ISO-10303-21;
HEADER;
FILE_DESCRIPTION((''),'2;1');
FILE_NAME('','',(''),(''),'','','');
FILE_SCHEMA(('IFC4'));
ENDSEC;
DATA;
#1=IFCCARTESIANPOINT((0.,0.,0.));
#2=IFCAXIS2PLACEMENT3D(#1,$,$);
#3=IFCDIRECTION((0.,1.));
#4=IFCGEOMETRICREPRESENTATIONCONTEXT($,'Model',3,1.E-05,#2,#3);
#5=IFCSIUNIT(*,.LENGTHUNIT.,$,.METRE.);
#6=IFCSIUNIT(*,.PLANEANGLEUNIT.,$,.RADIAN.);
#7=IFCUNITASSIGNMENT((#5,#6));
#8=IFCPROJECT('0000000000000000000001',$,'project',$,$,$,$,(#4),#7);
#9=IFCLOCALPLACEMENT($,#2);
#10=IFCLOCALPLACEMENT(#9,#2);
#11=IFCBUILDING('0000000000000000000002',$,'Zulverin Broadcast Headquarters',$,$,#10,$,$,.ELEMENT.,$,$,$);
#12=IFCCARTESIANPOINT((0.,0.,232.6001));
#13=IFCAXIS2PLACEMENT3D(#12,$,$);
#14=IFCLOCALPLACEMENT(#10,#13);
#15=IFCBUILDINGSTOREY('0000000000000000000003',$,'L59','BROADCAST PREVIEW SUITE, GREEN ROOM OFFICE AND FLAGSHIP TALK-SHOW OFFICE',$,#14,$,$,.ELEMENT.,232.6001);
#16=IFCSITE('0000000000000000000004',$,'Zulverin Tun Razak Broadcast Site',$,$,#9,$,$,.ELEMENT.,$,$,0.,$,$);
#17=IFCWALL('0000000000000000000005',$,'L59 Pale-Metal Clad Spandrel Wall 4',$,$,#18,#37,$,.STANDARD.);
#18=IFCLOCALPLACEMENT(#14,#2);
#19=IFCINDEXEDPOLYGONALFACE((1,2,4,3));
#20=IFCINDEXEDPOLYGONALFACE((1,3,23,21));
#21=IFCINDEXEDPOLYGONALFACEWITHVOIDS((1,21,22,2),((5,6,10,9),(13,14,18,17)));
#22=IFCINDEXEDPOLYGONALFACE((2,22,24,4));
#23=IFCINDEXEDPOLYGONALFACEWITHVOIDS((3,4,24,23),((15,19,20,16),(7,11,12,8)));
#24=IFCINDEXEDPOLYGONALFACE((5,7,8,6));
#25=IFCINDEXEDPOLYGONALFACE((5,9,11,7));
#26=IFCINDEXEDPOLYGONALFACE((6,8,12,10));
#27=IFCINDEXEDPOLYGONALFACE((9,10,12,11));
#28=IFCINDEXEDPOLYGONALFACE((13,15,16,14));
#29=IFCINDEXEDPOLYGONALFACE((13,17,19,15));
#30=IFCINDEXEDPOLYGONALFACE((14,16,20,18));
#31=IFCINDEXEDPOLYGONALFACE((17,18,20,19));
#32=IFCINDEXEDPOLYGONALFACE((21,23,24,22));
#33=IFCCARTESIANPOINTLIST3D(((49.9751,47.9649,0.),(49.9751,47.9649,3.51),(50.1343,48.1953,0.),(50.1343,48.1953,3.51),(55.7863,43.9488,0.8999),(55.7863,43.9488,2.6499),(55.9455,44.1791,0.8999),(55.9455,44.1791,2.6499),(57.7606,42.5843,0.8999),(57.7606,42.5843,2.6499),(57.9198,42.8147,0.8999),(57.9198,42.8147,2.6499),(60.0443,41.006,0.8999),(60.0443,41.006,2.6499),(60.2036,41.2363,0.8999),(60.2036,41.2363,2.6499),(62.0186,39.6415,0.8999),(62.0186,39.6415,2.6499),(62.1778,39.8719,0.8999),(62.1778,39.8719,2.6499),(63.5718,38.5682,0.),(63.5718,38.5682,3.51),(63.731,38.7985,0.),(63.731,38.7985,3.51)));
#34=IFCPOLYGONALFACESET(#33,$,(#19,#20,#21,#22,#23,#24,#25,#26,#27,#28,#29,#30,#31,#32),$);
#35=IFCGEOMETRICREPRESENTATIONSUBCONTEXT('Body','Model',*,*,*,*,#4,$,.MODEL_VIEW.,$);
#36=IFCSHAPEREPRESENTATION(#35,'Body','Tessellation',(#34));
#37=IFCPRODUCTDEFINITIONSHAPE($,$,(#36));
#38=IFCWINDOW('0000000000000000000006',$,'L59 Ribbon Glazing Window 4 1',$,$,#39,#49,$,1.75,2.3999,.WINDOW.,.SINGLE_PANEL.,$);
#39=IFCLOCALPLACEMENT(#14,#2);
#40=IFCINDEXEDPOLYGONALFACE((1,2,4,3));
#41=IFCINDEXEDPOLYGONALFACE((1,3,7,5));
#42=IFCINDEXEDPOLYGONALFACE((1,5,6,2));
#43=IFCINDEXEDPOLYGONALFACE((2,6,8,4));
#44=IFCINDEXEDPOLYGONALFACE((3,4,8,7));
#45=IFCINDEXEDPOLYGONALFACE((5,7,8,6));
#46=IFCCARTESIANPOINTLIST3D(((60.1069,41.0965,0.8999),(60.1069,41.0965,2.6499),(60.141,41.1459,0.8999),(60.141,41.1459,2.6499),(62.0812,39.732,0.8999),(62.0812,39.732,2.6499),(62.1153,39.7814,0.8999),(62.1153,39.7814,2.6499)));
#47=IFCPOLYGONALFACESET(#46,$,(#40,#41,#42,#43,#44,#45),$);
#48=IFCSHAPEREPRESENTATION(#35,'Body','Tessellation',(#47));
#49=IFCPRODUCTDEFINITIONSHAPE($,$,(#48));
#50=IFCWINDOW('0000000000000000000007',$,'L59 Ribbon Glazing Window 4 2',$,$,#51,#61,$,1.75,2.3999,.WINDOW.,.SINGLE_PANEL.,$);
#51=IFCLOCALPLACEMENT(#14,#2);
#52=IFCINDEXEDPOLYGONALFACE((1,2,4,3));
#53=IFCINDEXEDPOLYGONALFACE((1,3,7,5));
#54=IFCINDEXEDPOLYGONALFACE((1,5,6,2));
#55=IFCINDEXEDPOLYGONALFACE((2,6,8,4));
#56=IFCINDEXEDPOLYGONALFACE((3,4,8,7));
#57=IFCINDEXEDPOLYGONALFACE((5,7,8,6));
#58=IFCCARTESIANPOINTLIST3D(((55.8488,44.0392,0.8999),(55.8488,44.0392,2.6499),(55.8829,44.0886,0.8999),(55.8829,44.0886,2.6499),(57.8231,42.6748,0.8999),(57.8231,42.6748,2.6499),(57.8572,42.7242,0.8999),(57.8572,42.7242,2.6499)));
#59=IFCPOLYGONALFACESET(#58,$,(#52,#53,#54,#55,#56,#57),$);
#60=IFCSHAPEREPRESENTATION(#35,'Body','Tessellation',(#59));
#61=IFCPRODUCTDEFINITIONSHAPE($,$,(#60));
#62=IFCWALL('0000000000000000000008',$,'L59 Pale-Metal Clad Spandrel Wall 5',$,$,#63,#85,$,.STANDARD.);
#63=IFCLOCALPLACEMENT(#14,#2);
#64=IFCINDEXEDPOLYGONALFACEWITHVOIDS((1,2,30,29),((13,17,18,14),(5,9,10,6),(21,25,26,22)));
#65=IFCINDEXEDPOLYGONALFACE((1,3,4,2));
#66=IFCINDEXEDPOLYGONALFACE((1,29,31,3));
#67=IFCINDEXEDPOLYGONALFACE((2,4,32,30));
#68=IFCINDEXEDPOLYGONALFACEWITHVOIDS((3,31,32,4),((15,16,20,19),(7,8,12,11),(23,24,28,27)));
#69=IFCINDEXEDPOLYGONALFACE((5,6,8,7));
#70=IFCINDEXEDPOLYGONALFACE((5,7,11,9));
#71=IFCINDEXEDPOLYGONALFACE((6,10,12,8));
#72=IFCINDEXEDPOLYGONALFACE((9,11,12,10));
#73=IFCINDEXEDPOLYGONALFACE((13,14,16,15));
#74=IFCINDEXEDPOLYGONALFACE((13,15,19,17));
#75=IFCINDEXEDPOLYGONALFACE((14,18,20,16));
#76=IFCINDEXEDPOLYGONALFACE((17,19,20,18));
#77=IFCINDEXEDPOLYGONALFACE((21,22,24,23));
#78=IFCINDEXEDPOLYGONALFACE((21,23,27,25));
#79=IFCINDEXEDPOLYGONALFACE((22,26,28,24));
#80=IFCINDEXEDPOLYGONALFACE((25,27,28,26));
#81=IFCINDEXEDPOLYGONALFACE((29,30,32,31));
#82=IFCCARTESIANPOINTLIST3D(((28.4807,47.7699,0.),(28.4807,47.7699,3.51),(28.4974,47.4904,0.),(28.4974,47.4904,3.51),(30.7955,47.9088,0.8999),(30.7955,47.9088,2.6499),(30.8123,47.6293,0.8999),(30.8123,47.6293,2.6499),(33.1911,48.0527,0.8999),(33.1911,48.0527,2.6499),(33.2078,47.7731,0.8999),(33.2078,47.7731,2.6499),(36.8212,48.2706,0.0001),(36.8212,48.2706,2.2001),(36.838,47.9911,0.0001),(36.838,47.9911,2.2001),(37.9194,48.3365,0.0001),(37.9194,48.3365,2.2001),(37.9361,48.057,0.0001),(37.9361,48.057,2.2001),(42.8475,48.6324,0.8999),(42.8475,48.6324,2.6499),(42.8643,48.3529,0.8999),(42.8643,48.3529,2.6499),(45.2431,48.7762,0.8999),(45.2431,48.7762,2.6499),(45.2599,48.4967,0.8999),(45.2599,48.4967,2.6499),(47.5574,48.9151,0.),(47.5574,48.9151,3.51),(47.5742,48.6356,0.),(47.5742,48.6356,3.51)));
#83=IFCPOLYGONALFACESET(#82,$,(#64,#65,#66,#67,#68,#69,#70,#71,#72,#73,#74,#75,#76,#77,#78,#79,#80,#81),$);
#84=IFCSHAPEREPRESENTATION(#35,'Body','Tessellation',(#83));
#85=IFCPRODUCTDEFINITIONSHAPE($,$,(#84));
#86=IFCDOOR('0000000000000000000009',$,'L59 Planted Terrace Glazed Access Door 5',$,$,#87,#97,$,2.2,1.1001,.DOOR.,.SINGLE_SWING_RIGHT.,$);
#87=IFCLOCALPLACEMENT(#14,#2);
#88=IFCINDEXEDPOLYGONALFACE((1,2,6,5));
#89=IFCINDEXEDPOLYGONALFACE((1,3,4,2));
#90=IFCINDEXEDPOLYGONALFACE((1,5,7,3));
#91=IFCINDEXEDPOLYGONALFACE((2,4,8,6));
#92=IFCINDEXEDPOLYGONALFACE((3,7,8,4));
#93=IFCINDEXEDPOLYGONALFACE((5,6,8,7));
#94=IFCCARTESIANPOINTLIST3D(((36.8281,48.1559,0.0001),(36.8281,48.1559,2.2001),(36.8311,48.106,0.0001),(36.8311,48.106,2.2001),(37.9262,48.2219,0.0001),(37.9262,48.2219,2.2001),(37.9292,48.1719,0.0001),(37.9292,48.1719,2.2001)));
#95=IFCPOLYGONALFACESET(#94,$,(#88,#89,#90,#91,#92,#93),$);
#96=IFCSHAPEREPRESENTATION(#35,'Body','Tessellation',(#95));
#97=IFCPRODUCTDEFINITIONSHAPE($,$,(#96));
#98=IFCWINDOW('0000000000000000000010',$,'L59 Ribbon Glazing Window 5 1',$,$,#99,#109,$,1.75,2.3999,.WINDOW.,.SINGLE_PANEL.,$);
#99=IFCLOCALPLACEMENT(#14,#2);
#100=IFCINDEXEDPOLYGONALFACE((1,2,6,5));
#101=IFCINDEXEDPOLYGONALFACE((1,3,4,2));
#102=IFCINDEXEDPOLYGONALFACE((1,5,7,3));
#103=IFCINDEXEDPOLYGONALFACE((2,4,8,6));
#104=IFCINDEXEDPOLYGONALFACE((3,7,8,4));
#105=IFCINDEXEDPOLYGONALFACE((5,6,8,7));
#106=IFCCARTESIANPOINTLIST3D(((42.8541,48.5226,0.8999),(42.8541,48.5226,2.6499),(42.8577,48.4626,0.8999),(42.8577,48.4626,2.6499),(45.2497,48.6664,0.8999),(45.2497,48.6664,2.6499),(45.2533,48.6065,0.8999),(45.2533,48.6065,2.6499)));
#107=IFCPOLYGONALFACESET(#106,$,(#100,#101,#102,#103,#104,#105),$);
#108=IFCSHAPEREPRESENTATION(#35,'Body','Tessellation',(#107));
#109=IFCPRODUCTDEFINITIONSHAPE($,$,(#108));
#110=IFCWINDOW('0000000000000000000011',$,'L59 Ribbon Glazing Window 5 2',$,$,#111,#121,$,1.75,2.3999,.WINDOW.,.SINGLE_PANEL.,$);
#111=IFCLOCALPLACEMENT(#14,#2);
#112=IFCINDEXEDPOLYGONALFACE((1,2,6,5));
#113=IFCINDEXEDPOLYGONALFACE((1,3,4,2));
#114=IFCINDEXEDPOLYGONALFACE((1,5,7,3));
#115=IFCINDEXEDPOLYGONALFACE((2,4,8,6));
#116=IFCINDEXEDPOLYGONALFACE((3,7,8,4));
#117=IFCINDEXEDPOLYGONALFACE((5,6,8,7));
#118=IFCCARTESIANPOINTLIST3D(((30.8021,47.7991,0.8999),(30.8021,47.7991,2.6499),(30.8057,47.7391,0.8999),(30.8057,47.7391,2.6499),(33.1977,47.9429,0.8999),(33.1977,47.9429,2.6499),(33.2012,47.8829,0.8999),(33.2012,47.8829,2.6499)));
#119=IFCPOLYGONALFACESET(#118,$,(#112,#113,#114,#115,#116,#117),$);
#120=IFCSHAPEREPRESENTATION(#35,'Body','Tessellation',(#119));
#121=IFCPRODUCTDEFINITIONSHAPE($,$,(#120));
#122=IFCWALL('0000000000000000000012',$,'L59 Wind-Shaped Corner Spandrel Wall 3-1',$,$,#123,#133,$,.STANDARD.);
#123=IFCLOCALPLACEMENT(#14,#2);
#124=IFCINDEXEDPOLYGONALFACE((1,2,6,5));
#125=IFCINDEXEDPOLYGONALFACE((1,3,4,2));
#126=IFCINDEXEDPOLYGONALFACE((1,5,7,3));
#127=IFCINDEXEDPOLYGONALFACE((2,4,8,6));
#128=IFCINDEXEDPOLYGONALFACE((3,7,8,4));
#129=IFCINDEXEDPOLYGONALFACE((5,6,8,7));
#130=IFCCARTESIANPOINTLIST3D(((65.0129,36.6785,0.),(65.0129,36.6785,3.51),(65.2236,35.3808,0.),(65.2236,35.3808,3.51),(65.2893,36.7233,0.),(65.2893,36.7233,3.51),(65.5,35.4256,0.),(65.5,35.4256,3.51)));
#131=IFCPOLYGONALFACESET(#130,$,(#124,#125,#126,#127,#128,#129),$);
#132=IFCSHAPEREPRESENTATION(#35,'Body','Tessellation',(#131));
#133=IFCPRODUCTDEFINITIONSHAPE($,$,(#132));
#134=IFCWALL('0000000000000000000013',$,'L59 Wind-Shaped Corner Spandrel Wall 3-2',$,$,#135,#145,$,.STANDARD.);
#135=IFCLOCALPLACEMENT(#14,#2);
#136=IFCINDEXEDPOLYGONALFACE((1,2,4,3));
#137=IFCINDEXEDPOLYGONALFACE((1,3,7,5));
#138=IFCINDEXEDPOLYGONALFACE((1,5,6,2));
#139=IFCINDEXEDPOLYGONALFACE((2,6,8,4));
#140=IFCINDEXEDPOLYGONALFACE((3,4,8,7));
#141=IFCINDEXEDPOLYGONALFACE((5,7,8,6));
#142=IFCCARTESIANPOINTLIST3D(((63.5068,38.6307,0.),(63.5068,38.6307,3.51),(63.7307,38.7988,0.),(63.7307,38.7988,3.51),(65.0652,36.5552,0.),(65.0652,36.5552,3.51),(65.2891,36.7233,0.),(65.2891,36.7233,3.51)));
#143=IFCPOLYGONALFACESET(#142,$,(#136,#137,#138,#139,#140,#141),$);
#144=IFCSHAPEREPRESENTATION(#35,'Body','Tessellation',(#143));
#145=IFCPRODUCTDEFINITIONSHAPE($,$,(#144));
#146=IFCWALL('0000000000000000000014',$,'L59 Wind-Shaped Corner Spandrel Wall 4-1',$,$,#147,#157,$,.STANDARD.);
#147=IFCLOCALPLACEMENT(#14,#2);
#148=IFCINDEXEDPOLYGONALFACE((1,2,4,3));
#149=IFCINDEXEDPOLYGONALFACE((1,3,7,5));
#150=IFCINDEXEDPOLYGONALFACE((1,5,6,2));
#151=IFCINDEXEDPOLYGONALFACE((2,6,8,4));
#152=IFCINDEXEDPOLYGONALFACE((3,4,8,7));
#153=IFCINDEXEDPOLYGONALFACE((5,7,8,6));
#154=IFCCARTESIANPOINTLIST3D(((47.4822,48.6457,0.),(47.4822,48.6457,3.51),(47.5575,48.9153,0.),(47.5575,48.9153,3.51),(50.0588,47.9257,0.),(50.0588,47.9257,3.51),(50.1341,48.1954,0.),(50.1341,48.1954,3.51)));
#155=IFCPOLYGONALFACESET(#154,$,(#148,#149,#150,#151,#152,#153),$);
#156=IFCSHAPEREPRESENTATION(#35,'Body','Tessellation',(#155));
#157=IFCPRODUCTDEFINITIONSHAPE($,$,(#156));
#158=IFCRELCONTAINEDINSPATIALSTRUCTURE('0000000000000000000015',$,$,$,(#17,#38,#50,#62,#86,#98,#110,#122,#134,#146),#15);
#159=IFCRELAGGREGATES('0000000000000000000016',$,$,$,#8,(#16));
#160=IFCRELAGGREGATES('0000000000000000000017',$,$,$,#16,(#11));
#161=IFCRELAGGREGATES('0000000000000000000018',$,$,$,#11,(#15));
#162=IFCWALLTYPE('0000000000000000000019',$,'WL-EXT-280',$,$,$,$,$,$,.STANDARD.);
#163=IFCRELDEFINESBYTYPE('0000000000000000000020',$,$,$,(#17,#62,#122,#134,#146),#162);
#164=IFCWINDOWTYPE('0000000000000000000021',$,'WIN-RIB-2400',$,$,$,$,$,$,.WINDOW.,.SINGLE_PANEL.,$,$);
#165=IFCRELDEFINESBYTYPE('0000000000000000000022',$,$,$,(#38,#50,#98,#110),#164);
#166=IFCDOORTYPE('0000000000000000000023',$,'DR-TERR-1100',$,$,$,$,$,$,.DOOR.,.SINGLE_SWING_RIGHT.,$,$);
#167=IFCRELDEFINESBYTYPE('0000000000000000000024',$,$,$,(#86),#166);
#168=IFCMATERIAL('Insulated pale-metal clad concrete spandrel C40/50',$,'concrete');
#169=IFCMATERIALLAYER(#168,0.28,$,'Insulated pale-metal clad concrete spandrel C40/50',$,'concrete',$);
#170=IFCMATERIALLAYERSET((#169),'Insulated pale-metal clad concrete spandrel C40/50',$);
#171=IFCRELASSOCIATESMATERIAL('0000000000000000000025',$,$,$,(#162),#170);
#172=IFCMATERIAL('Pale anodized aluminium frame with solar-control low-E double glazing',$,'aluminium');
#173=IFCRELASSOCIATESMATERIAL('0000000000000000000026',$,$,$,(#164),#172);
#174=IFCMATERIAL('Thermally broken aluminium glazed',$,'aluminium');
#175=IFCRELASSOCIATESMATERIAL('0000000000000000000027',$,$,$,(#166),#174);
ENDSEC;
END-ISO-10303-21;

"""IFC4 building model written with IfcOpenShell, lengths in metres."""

from ifc_helpers import new_model, si_unit, direction, frame, frame_2d, origin, place, context, subcontext, project, spatial, rectangle, extrude, material, layer, layer_set, type_object, element, fill, save


model = new_model("IFC4")

# Units and contexts
model_context = context("Model", 3, precision=1e-05, world=origin(), true_north=direction((0.0, 1.0)))
body_context = subcontext(model_context, "Body", "Model", "MODEL_VIEW")
ifc_project = project(units=[si_unit("LENGTHUNIT", "METRE"), si_unit("PLANEANGLEUNIT", "RADIAN")], contexts=[model_context])

# Site, building, storey
site_placement = place(None, origin())
site = spatial("IfcSite", under=ifc_project, at=site_placement, Name="Zulverin Tun Razak Broadcast Site", CompositionType="ELEMENT", RefElevation=0.0)
building_placement = place(site_placement, origin())
building = spatial("IfcBuilding", under=site, at=building_placement, Name="Zulverin Broadcast Headquarters", CompositionType="ELEMENT")
storey_placement = place(building_placement, frame((0.0, 0.0, 232.6001)))
storey = spatial("IfcBuildingStorey", under=building, at=storey_placement, Name="L59", Description="BROADCAST PREVIEW SUITE, GREEN ROOM OFFICE AND FLAGSHIP TALK-SHOW OFFICE", CompositionType="ELEMENT", Elevation=232.6001)

# Wall, openings, windows
ifc_material_1 = material(Name="Insulated pale-metal clad concrete spandrel C40/50", Category="concrete")
ifc_layer_1 = layer(ifc_material_1, 0.28, Name="Insulated pale-metal clad concrete spandrel C40/50", Category="concrete")
ifc_layer_set_1 = layer_set([ifc_layer_1], Name="Insulated pale-metal clad concrete spandrel C40/50")
wall_type = type_object("IfcWallType", Name="WL-EXT-280", PredefinedType="STANDARD", material=ifc_layer_set_1)
wall_1_placement = place(storey_placement, frame((63.6514, 38.6833, 0.0), z_axis=(0.0, 0.0, 1.0), x_axis=(-0.822655, 0.568541, 0.0)))
wall_1 = element("IfcWall", 1, at=wall_1_placement, inside=storey, type_object=wall_type, Name="L59 Pale-Metal Clad Spandrel Wall 4", PredefinedType="STANDARD", context=body_context, shape_type="SweptSolid", body=[
    extrude(rectangle(XDim=16.5278, YDim=0.28, at=frame_2d((8.2639, 0.0))), origin(), (0.0, 0.0, 1.0), 3.51),
])
opening_1_placement = place(wall_1_placement, frame((1.8879, 0.0, 0.8999)))
opening_1 = element("IfcOpeningElement", 2, at=opening_1_placement, cuts=wall_1, PredefinedType="OPENING", context=body_context, shape_type="SweptSolid", body=[
    extrude(rectangle(XDim=2.3999, YDim=1.75, at=frame_2d((1.2, 0.875))), frame((0.0, 0.1499, 0.0), z_axis=(0.0, -1.0, 0.0), x_axis=(1.0, 0.0, 0.0)), (0.0, 0.0, 1.0), 0.3),
])
opening_2_placement = place(wall_1_placement, frame((7.064, 0.0, 0.8999)))
opening_2 = element("IfcOpeningElement", 3, at=opening_2_placement, cuts=wall_1, PredefinedType="OPENING", context=body_context, shape_type="SweptSolid", body=[
    extrude(rectangle(XDim=2.3999, YDim=1.75, at=frame_2d((1.2, 0.875))), frame((0.0, 0.1499, 0.0), z_axis=(0.0, -1.0, 0.0), x_axis=(1.0, 0.0, 0.0)), (0.0, 0.0, 1.0), 0.3),
])
ifc_material_2 = material(Name="Pale anodized aluminium frame with solar-control low-E double glazing", Category="aluminium")
window_type = type_object("IfcWindowType", Name="WIN-RIB-2400", PartitioningType="SINGLE_PANEL", PredefinedType="WINDOW", material=ifc_material_2)
window_1_placement = place(opening_1_placement, origin())
window_1 = element("IfcWindow", 4, at=window_1_placement, inside=storey, type_object=window_type, Name="L59 Ribbon Glazing Window 4 1", OverallHeight=1.75, OverallWidth=2.3999, PartitioningType="SINGLE_PANEL", PredefinedType="WINDOW", context=body_context, shape_type="SweptSolid", body=[
    extrude(rectangle(XDim=2.3999, YDim=1.75, at=frame_2d((1.2, 0.875))), frame((0.0, 0.03, 0.0), z_axis=(0.0, -1.0, 0.0), x_axis=(1.0, 0.0, 0.0)), (0.0, 0.0, 1.0), 0.0601),
])
fill(opening_1, window_1)
window_2_placement = place(opening_2_placement, origin())
window_2 = element("IfcWindow", 5, at=window_2_placement, inside=storey, type_object=window_type, Name="L59 Ribbon Glazing Window 4 2", OverallHeight=1.75, OverallWidth=2.3999, PartitioningType="SINGLE_PANEL", PredefinedType="WINDOW", context=body_context, shape_type="SweptSolid", body=[
    extrude(rectangle(XDim=2.3999, YDim=1.75, at=frame_2d((1.2, 0.875))), frame((0.0, 0.03, 0.0), z_axis=(0.0, -1.0, 0.0), x_axis=(1.0, 0.0, 0.0)), (0.0, 0.0, 1.0), 0.0601),
])
fill(opening_2, window_2)

# Wall, openings, door, windows
wall_2_placement = place(storey_placement, frame((47.5659, 48.7754, 0.0), z_axis=(0.0, 0.0, 1.0), x_axis=(-0.998203, -0.059927, 0.0)))
wall_2 = element("IfcWall", 6, at=wall_2_placement, inside=storey, type_object=wall_type, Name="L59 Pale-Metal Clad Spandrel Wall 5", PredefinedType="STANDARD", context=body_context, shape_type="SweptSolid", body=[
    extrude(rectangle(XDim=19.1111, YDim=0.28, at=frame_2d((9.5557, 0.0))), origin(), (0.0, 0.0, 1.0), 3.51),
])
opening_3_placement = place(wall_2_placement, frame((9.6555, 0.0, 0.0)))
opening_3 = element("IfcOpeningElement", 7, at=opening_3_placement, cuts=wall_2, PredefinedType="OPENING", context=body_context, shape_type="SweptSolid", body=[
    extrude(rectangle(XDim=1.1001, YDim=2.2, at=frame_2d((0.55, 1.1001))), frame((0.0, 0.1499, 0.0), z_axis=(0.0, -1.0, 0.0), x_axis=(1.0, 0.0, 0.0)), (0.0, 0.0, 1.0), 0.3),
])
opening_4_placement = place(wall_2_placement, frame((2.3186, 0.0, 0.8999)))
opening_4 = element("IfcOpeningElement", 8, at=opening_4_placement, cuts=wall_2, PredefinedType="OPENING", context=body_context, shape_type="SweptSolid", body=[
    extrude(rectangle(XDim=2.3999, YDim=1.75, at=frame_2d((1.2, 0.875))), frame((0.0, 0.1499, 0.0), z_axis=(0.0, -1.0, 0.0), x_axis=(1.0, 0.0, 0.0)), (0.0, 0.0, 1.0), 0.3),
])
opening_5_placement = place(wall_2_placement, frame((14.3923, 0.0, 0.8999)))
opening_5 = element("IfcOpeningElement", 9, at=opening_5_placement, cuts=wall_2, PredefinedType="OPENING", context=body_context, shape_type="SweptSolid", body=[
    extrude(rectangle(XDim=2.3999, YDim=1.75, at=frame_2d((1.2, 0.875))), frame((0.0, 0.1499, 0.0), z_axis=(0.0, -1.0, 0.0), x_axis=(1.0, 0.0, 0.0)), (0.0, 0.0, 1.0), 0.3),
])
ifc_material_3 = material(Name="Thermally broken aluminium glazed", Category="aluminium")
door_type = type_object("IfcDoorType", Name="DR-TERR-1100", OperationType="SINGLE_SWING_RIGHT", PredefinedType="DOOR", material=ifc_material_3)
door_placement = place(opening_3_placement, origin())
door = element("IfcDoor", 10, at=door_placement, inside=storey, type_object=door_type, Name="L59 Planted Terrace Glazed Access Door 5", OperationType="SINGLE_SWING_RIGHT", OverallHeight=2.2, OverallWidth=1.1001, PredefinedType="DOOR", context=body_context, shape_type="SweptSolid", body=[
    extrude(rectangle(XDim=1.1001, YDim=2.2, at=frame_2d((0.55, 1.1001))), frame((0.0, 0.0249, 0.0), z_axis=(0.0, -1.0, 0.0), x_axis=(1.0, 0.0, 0.0)), (0.0, 0.0, 1.0), 0.05),
])
fill(opening_3, door)
window_3_placement = place(opening_4_placement, origin())
window_3 = element("IfcWindow", 11, at=window_3_placement, inside=storey, type_object=window_type, Name="L59 Ribbon Glazing Window 5 1", OverallHeight=1.75, OverallWidth=2.3999, PartitioningType="SINGLE_PANEL", PredefinedType="WINDOW", context=body_context, shape_type="SweptSolid", body=[
    extrude(rectangle(XDim=2.3999, YDim=1.75, at=frame_2d((1.2, 0.875))), frame((0.0, 0.03, 0.0), z_axis=(0.0, -1.0, 0.0), x_axis=(1.0, 0.0, 0.0)), (0.0, 0.0, 1.0), 0.0601),
])
fill(opening_4, window_3)
window_4_placement = place(opening_5_placement, origin())
window_4 = element("IfcWindow", 12, at=window_4_placement, inside=storey, type_object=window_type, Name="L59 Ribbon Glazing Window 5 2", OverallHeight=1.75, OverallWidth=2.3999, PartitioningType="SINGLE_PANEL", PredefinedType="WINDOW", context=body_context, shape_type="SweptSolid", body=[
    extrude(rectangle(XDim=2.3999, YDim=1.75, at=frame_2d((1.2, 0.875))), frame((0.0, 0.03, 0.0), z_axis=(0.0, -1.0, 0.0), x_axis=(1.0, 0.0, 0.0)), (0.0, 0.0, 1.0), 0.0601),
])
fill(opening_5, window_4)

# Walls
wall_3_placement = place(storey_placement, frame((65.3618, 35.4033, 0.0), z_axis=(0.0, 0.0, 1.0), x_axis=(-0.160272, 0.987073, 0.0)))
element("IfcWall", 13, at=wall_3_placement, inside=storey, type_object=wall_type, Name="L59 Wind-Shaped Corner Spandrel Wall 3-1", PredefinedType="STANDARD", context=body_context, shape_type="SweptSolid", body=[
    extrude(rectangle(XDim=1.3147, YDim=0.28, at=frame_2d((0.6572, 0.0))), origin(), (0.0, 0.0, 1.0), 3.51),
])
wall_4_placement = place(storey_placement, frame((65.1772, 36.6392, 0.0), z_axis=(0.0, 0.0, 1.0), x_axis=(-0.600436, 0.799673, 0.0)))
element("IfcWall", 14, at=wall_4_placement, inside=storey, type_object=wall_type, Name="L59 Wind-Shaped Corner Spandrel Wall 3-2", PredefinedType="STANDARD", context=body_context, shape_type="SweptSolid", body=[
    extrude(rectangle(XDim=2.5955, YDim=0.28, at=frame_2d((1.2979, 0.0))), origin(), (0.0, 0.0, 1.0), 3.51),
])
wall_5_placement = place(storey_placement, frame((50.0964, 48.0605, 0.0), z_axis=(0.0, 0.0, 1.0), x_axis=(-0.963109, 0.269112, 0.0)))
element("IfcWall", 15, at=wall_5_placement, inside=storey, type_object=wall_type, Name="L59 Wind-Shaped Corner Spandrel Wall 4-1", PredefinedType="STANDARD", context=body_context, shape_type="SweptSolid", body=[
    extrude(rectangle(XDim=2.6753, YDim=0.28, at=frame_2d((1.3376, 0.0))), origin(), (0.0, 0.0, 1.0), 3.51),
])

save(model, "model.ifc")
